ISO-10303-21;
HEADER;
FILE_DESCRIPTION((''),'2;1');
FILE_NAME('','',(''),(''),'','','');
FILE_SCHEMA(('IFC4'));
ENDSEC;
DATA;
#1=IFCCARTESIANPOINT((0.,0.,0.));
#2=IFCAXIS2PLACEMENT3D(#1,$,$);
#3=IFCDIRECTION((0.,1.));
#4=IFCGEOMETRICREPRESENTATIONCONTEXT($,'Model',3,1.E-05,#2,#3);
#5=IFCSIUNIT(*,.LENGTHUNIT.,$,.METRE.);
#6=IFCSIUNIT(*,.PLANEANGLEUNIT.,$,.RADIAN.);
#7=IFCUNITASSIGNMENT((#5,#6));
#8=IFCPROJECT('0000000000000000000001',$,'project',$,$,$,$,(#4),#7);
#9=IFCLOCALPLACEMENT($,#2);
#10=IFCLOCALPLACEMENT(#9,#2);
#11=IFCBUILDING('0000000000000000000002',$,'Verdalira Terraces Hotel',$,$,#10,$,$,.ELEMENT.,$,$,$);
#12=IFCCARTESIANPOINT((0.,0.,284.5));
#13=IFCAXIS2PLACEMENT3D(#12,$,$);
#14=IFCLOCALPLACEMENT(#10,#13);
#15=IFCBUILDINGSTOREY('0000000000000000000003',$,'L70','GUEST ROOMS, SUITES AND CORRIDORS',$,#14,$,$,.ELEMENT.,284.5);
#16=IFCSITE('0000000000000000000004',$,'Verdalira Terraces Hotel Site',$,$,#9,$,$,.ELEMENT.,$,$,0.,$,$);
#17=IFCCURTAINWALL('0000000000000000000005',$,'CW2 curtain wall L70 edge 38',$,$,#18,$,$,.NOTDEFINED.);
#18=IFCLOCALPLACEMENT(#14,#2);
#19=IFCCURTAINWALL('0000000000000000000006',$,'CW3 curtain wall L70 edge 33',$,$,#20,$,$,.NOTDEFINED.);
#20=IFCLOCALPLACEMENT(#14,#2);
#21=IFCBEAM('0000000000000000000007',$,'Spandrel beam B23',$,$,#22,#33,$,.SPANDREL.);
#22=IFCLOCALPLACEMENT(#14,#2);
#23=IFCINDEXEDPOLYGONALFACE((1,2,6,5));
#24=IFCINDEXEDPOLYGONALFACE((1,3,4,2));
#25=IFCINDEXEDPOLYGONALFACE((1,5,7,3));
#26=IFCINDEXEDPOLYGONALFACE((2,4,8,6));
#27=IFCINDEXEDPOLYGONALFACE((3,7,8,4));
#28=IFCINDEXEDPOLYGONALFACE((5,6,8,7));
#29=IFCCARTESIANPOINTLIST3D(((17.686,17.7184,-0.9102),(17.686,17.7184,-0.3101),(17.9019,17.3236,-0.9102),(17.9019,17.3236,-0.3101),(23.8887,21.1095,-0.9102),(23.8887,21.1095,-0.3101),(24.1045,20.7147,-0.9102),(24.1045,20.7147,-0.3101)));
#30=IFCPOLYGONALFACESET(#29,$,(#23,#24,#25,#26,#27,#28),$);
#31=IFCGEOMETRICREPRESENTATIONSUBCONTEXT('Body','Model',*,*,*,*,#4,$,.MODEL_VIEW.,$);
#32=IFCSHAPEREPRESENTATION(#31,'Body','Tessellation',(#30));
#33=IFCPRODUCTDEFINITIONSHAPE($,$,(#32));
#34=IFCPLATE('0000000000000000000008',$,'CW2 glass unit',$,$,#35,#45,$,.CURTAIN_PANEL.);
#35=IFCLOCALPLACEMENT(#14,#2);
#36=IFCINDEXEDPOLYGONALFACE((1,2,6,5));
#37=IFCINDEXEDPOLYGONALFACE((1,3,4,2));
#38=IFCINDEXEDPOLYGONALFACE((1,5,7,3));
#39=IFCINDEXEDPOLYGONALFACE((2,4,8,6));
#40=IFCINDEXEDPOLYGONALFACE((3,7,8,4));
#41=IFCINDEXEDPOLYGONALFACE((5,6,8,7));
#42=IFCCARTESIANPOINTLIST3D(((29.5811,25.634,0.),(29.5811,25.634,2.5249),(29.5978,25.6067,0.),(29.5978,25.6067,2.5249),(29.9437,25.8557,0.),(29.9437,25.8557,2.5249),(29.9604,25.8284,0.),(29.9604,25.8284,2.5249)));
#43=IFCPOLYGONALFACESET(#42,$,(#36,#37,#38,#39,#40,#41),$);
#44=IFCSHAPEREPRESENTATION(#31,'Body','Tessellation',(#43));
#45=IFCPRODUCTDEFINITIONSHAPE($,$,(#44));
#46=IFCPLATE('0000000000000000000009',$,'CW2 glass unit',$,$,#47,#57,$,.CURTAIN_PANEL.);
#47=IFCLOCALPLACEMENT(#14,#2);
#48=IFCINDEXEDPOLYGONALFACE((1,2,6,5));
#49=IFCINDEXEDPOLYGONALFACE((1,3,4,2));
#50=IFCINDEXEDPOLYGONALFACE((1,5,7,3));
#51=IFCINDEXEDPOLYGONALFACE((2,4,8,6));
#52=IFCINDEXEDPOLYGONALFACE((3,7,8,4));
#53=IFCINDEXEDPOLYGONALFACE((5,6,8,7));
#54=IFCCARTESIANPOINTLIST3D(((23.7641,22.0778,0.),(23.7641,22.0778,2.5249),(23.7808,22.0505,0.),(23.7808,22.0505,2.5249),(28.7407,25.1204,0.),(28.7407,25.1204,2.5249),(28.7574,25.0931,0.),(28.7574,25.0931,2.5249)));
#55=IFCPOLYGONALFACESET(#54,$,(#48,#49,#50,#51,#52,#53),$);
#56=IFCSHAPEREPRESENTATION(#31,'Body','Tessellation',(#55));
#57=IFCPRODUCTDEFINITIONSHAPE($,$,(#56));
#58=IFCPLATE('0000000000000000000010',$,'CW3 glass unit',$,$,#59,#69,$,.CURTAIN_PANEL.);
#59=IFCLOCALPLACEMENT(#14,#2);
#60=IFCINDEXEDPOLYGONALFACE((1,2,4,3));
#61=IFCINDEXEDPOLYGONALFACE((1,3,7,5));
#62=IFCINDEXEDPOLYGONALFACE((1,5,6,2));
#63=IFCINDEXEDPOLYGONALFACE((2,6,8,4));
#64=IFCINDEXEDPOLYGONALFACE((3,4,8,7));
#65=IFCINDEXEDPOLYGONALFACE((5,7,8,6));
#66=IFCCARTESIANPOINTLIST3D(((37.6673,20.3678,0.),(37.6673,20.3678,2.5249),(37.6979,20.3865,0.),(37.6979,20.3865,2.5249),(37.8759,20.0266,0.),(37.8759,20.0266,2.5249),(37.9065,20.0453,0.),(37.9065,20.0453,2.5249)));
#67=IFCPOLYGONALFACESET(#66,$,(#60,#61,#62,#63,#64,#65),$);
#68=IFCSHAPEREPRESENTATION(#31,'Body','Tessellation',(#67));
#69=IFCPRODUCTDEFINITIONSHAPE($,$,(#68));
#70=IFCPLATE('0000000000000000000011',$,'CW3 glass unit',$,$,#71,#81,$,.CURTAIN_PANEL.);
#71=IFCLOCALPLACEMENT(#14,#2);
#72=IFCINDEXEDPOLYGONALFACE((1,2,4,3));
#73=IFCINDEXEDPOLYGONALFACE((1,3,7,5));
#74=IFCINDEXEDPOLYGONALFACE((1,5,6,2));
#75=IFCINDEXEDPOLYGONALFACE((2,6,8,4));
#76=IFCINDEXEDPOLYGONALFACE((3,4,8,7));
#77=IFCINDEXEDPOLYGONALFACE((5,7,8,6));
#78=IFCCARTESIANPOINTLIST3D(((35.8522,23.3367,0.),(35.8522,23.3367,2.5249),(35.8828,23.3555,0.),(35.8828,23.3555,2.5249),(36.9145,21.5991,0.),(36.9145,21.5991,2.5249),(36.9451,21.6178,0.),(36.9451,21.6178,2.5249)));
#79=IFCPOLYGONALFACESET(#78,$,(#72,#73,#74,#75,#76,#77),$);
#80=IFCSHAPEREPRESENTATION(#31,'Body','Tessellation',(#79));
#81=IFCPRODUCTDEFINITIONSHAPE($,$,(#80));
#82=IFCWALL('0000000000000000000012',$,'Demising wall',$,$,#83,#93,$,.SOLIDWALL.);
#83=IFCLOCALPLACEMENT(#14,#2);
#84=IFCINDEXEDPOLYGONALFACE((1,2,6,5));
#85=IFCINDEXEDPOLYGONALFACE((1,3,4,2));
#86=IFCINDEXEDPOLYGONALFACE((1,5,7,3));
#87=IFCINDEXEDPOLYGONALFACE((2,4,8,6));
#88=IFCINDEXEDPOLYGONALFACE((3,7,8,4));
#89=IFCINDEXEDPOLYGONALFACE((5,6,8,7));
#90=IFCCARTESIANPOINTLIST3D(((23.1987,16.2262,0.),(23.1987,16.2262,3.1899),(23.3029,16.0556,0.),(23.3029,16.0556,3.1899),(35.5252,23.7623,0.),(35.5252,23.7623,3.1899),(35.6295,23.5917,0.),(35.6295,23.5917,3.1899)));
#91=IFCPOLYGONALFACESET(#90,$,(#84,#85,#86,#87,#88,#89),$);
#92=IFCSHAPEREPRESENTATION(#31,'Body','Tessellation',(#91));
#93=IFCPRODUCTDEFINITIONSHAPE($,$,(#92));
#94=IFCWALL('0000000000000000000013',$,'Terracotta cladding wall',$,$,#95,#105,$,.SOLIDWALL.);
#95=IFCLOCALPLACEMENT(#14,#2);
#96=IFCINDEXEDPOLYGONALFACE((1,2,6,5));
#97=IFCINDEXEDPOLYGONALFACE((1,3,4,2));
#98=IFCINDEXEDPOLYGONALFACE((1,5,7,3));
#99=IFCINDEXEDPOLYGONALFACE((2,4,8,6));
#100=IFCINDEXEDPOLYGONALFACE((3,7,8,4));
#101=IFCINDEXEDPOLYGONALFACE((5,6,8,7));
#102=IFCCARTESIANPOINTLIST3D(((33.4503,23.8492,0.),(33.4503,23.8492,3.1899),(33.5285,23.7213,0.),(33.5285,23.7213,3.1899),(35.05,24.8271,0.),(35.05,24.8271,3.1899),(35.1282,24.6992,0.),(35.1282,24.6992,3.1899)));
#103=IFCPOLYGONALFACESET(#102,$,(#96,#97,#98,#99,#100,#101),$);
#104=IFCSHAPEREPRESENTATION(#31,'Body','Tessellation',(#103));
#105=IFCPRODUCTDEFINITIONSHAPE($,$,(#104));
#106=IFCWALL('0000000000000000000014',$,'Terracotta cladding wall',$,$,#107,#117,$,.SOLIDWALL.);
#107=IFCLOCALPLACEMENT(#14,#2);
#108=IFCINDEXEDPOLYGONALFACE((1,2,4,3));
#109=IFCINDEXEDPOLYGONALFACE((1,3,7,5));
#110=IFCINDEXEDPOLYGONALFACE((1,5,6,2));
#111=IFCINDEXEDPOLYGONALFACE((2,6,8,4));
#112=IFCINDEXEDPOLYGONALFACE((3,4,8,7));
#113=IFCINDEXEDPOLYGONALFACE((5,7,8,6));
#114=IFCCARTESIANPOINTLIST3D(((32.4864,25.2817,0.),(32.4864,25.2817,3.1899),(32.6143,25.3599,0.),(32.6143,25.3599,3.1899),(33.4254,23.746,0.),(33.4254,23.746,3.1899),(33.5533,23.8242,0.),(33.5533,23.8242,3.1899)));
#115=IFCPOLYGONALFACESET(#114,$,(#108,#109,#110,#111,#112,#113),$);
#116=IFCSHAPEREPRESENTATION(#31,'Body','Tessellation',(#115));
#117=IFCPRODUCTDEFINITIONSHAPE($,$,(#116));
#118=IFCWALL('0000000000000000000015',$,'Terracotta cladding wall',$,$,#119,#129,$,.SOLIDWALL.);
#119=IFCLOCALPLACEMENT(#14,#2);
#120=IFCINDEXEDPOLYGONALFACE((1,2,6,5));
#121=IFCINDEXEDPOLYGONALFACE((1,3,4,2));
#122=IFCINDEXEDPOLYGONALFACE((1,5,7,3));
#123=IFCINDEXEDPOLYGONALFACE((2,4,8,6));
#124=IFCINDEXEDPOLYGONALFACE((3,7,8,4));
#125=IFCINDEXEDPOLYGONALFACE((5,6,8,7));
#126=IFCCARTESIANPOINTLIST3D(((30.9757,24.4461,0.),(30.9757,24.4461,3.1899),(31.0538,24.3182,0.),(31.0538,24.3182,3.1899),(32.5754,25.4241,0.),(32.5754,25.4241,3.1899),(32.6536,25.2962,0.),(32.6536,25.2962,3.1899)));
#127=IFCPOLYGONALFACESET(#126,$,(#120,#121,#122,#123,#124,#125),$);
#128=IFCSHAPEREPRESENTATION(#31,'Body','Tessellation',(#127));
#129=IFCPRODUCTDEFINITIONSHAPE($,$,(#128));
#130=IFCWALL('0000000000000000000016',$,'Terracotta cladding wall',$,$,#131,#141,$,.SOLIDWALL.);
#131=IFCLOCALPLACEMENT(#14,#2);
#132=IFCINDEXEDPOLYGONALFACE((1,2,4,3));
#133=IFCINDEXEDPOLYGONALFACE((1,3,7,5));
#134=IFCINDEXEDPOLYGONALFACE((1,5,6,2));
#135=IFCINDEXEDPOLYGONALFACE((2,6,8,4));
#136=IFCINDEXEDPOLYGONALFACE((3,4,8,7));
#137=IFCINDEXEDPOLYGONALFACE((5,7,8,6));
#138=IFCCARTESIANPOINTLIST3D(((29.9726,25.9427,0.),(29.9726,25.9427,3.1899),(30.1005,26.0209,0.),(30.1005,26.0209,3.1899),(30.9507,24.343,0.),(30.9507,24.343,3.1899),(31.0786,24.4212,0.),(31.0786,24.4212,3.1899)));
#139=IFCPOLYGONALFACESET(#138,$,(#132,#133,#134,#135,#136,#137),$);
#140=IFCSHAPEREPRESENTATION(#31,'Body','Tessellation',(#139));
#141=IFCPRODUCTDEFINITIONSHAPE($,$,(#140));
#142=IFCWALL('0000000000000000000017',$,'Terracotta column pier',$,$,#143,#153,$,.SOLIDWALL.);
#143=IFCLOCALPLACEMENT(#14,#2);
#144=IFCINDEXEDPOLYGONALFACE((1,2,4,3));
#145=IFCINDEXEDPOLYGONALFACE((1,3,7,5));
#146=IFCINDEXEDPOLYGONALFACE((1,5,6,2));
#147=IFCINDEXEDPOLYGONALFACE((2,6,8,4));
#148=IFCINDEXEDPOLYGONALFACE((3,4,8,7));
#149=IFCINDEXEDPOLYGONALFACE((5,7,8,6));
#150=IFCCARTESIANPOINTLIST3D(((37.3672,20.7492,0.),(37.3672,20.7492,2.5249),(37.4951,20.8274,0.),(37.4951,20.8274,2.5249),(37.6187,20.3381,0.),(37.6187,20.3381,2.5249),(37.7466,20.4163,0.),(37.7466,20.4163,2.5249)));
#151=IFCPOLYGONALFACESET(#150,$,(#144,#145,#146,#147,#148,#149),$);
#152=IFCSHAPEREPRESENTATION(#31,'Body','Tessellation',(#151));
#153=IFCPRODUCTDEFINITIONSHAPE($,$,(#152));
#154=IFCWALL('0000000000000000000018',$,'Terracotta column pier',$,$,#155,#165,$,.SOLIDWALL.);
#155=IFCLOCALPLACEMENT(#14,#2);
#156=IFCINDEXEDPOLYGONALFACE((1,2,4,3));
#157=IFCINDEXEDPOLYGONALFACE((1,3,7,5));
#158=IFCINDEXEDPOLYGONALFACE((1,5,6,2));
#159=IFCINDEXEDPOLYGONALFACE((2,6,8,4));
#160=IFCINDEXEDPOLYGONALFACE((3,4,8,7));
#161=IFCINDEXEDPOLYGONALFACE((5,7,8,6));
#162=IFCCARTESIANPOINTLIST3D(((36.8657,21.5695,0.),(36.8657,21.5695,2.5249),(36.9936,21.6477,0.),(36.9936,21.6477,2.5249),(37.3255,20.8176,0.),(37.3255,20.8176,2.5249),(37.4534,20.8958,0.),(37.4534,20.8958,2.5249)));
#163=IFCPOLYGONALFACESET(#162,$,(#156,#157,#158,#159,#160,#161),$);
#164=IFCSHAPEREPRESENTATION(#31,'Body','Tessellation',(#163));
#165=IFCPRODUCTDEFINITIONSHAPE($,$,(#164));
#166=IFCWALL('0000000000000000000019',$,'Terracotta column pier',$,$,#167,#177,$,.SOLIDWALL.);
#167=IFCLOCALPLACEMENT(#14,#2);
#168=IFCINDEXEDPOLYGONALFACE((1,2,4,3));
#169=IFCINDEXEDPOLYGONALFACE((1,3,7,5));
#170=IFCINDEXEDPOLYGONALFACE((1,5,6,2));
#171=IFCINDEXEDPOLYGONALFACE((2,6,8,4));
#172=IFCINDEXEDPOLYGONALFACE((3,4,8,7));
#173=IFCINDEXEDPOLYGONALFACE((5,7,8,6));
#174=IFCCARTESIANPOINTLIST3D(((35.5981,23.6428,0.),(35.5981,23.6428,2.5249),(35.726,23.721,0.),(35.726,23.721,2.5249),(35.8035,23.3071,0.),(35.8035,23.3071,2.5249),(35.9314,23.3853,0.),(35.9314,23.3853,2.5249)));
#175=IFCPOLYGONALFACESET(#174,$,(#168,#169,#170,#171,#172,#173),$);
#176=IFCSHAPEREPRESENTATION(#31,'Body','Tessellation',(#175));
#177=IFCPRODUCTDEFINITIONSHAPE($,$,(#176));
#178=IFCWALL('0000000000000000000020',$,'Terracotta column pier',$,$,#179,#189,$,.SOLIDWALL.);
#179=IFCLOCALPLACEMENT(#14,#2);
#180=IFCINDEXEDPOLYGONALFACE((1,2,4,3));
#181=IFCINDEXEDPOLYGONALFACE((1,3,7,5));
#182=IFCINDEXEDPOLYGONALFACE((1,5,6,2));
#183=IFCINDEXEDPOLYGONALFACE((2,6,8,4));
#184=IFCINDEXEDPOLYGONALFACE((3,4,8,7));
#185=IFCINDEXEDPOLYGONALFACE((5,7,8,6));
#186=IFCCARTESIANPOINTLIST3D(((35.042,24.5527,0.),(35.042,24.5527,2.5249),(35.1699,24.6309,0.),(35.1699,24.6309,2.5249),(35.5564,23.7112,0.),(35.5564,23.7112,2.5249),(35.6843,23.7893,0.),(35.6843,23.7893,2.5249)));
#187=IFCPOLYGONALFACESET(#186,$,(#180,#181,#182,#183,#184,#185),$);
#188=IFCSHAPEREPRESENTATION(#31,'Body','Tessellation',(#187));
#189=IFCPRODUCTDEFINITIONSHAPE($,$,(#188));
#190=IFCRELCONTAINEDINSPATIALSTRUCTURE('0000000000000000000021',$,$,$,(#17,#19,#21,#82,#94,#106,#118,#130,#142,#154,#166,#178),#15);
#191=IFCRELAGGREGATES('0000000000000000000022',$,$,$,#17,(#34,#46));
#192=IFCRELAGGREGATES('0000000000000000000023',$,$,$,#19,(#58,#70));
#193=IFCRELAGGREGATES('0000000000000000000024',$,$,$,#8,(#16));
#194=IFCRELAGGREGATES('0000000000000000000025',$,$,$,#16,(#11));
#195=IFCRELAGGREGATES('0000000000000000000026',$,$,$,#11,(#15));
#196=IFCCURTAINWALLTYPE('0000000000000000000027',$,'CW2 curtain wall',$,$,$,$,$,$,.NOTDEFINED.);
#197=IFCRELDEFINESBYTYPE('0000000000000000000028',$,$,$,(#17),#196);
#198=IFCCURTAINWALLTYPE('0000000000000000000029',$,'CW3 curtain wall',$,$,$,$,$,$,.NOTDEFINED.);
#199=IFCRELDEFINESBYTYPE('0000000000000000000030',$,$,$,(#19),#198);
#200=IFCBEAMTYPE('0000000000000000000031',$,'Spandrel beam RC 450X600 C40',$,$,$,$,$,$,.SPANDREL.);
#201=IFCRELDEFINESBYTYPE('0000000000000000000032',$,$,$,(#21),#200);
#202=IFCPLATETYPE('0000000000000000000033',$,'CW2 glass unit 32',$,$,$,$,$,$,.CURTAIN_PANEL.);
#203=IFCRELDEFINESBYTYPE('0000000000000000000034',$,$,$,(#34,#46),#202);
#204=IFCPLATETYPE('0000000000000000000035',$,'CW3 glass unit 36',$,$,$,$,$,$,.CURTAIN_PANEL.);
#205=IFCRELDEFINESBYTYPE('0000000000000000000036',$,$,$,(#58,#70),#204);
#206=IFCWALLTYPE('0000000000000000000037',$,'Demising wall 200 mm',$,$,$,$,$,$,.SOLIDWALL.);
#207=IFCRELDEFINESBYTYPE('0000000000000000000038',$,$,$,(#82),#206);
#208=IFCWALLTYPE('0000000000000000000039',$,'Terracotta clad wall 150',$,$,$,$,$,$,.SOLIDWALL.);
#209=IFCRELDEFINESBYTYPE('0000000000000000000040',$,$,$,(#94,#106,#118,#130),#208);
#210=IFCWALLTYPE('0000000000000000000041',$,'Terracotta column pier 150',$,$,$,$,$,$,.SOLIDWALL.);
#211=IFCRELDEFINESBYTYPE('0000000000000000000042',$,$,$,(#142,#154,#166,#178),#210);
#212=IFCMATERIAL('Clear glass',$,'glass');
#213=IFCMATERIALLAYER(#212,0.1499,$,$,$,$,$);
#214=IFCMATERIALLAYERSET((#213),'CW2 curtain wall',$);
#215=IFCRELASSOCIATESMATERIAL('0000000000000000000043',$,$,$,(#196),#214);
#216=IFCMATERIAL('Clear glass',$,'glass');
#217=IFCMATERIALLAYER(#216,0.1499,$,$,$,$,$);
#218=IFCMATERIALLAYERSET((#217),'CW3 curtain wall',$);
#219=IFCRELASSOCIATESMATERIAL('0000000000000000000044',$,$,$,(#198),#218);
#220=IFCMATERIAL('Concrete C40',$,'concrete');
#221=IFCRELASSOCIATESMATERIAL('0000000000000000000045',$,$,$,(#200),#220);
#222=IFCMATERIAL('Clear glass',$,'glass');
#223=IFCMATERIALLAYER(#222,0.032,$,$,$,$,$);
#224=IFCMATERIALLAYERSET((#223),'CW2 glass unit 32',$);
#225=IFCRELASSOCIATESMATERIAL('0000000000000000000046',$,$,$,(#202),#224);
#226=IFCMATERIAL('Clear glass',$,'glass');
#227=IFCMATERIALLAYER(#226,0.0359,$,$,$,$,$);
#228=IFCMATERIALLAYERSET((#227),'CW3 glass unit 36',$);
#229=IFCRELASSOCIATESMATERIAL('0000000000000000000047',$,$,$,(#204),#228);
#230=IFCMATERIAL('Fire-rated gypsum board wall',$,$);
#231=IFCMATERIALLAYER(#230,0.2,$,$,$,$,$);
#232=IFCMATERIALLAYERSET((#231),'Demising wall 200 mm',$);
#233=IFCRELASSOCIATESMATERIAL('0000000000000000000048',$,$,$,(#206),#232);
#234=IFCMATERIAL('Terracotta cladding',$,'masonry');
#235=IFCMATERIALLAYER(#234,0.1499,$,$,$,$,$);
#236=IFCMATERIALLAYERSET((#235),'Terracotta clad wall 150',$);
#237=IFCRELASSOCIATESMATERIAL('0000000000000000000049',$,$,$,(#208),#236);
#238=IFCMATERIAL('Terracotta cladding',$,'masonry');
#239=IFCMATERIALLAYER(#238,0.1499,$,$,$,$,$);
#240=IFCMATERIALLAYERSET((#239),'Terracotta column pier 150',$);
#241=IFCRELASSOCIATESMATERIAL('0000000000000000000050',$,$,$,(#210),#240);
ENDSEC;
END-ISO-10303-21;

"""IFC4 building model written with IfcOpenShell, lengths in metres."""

from ifc_helpers import new_model, si_unit, direction, frame, frame_2d, origin, origin_2d, place, context, subcontext, project, spatial, rectangle, extrude, material, layer, layer_set, material_profile, profile_set, type_object, element, aggregate, save


model = new_model("IFC4")

# Units and contexts
model_context = context("Model", 3, precision=1e-05, world=origin(), true_north=direction((0.0, 1.0)))
body_context = subcontext(model_context, "Body", "Model", "MODEL_VIEW")
ifc_project = project(units=[si_unit("LENGTHUNIT", "METRE"), si_unit("PLANEANGLEUNIT", "RADIAN")], contexts=[model_context])

# Site, building, storey
site_placement = place(None, origin())
site = spatial("IfcSite", under=ifc_project, at=site_placement, Name="Verdalira Terraces Hotel Site", CompositionType="ELEMENT", RefElevation=0.0)
building_placement = place(site_placement, origin())
building = spatial("IfcBuilding", under=site, at=building_placement, Name="Verdalira Terraces Hotel", CompositionType="ELEMENT")
storey_placement = place(building_placement, frame((0.0, 0.0, 284.5)))
storey = spatial("IfcBuildingStorey", under=building, at=storey_placement, Name="L70", Description="GUEST ROOMS, SUITES AND CORRIDORS", CompositionType="ELEMENT", Elevation=284.5)

# Curtain walls
ifc_material_1 = material(Name="Clear glass", Category="glass")
ifc_layer_1 = layer(ifc_material_1, 0.1499)
ifc_layer_set_1 = layer_set([ifc_layer_1], Name="CW2 curtain wall")
curtain_wall_type_1 = type_object("IfcCurtainWallType", Name="CW2 curtain wall", PredefinedType="NOTDEFINED", material=ifc_layer_set_1)
curtain_wall_1_placement = place(storey_placement, origin())
curtain_wall_1 = element("IfcCurtainWall", 1, at=curtain_wall_1_placement, inside=storey, type_object=curtain_wall_type_1, Name="CW2 curtain wall L70 edge 38", PredefinedType="NOTDEFINED")
ifc_material_2 = material(Name="Clear glass", Category="glass")
ifc_layer_2 = layer(ifc_material_2, 0.1499)
ifc_layer_set_2 = layer_set([ifc_layer_2], Name="CW3 curtain wall")
curtain_wall_type_2 = type_object("IfcCurtainWallType", Name="CW3 curtain wall", PredefinedType="NOTDEFINED", material=ifc_layer_set_2)
curtain_wall_2_placement = place(storey_placement, origin())
curtain_wall_2 = element("IfcCurtainWall", 2, at=curtain_wall_2_placement, inside=storey, type_object=curtain_wall_type_2, Name="CW3 curtain wall L70 edge 33", PredefinedType="NOTDEFINED")

# Beam
ifc_material_3 = material(Name="Concrete C40", Category="concrete")
ifc_material_profile_1 = material_profile(ifc_material_3, rectangle(XDim=0.45, YDim=0.6001, at=origin_2d()), Name="RC 450X600")
ifc_profile_set_1 = profile_set([ifc_material_profile_1], Name="Concrete C40")
beam_type = type_object("IfcBeamType", Name="Spandrel beam RC 450X600 C40", PredefinedType="SPANDREL", material=ifc_profile_set_1)
beam_1_placement = place(storey_placement, frame((23.9966, 20.9121, -0.6101), z_axis=(-0.877428, -0.479708, 0.0), x_axis=(0.479708, -0.877428, 0.0)))
element("IfcBeam", 3, at=beam_1_placement, inside=storey, type_object=beam_type, Name="Spandrel beam B23", PredefinedType="SPANDREL", context=body_context, shape_type="SweptSolid", body=[
    extrude(rectangle(XDim=0.45, YDim=0.6001, at=origin_2d()), origin(), (0.0, 0.0, 1.0), 7.0691),
])

# Plates
ifc_material_4 = material(Name="Clear glass", Category="glass")
ifc_layer_3 = layer(ifc_material_4, 0.032)
ifc_layer_set_3 = layer_set([ifc_layer_3], Name="CW2 glass unit 32")
plate_type_1 = type_object("IfcPlateType", Name="CW2 glass unit 32", PredefinedType="CURTAIN_PANEL", material=ifc_layer_set_3)
plate_1_placement = place(storey_placement, frame((29.7708, 25.7312, 0.0), z_axis=(0.0, 0.0, 1.0), x_axis=(-0.853187, -0.521605, 0.0)))
plate_1 = element("IfcPlate", 4, at=plate_1_placement, type_object=plate_type_1, Name="CW2 glass unit", PredefinedType="CURTAIN_PANEL", context=body_context, shape_type="SweptSolid", body=[
    extrude(rectangle(XDim=0.425, YDim=0.032, at=origin_2d()), origin(), (0.0, 0.0, 1.0), 2.5249),
])
plate_2_placement = place(storey_placement, frame((26.2607, 23.5854, 0.0), z_axis=(0.0, 0.0, 1.0), x_axis=(-0.853187, -0.521605, 0.0)))
plate_2 = element("IfcPlate", 5, at=plate_2_placement, type_object=plate_type_1, Name="CW2 glass unit", PredefinedType="CURTAIN_PANEL", context=body_context, shape_type="SweptSolid", body=[
    extrude(rectangle(XDim=5.833, YDim=0.032, at=origin_2d()), origin(), (0.0, 0.0, 1.0), 2.5249),
])
aggregate(curtain_wall_1, [plate_1, plate_2])
ifc_material_5 = material(Name="Clear glass", Category="glass")
ifc_layer_4 = layer(ifc_material_5, 0.0359)
ifc_layer_set_4 = layer_set([ifc_layer_4], Name="CW3 glass unit 36")
plate_type_2 = type_object("IfcPlateType", Name="CW3 glass unit 36", PredefinedType="CURTAIN_PANEL", material=ifc_layer_set_4)
plate_3_placement = place(storey_placement, frame((37.7869, 20.2065, 0.0), z_axis=(0.0, 0.0, 1.0), x_axis=(-0.521605, 0.853187, 0.0)))
plate_3 = element("IfcPlate", 6, at=plate_3_placement, type_object=plate_type_2, Name="CW3 glass unit", PredefinedType="CURTAIN_PANEL", context=body_context, shape_type="SweptSolid", body=[
    extrude(rectangle(XDim=0.3999, YDim=0.0359, at=origin_2d()), origin(), (0.0, 0.0, 1.0), 2.5249),
])
plate_4_placement = place(storey_placement, frame((36.3987, 22.4773, 0.0), z_axis=(0.0, 0.0, 1.0), x_axis=(-0.521605, 0.853187, 0.0)))
plate_4 = element("IfcPlate", 7, at=plate_4_placement, type_object=plate_type_2, Name="CW3 glass unit", PredefinedType="CURTAIN_PANEL", context=body_context, shape_type="SweptSolid", body=[
    extrude(rectangle(XDim=2.0366, YDim=0.0359, at=origin_2d()), origin(), (0.0, 0.0, 1.0), 2.5249),
])
aggregate(curtain_wall_2, [plate_3, plate_4])

# Walls
ifc_material_6 = material(Name="Fire-rated gypsum board wall")
ifc_layer_5 = layer(ifc_material_6, 0.2)
ifc_layer_set_5 = layer_set([ifc_layer_5], Name="Demising wall 200 mm")
wall_type_1 = type_object("IfcWallType", Name="Demising wall 200 mm", PredefinedType="SOLIDWALL", material=ifc_layer_set_5)
wall_1_placement = place(storey_placement, frame((35.5774, 23.677, 0.0), z_axis=(0.0, 0.0, 1.0), x_axis=(-0.853184, -0.52161, 0.0)))
element("IfcWall", 8, at=wall_1_placement, inside=storey, type_object=wall_type_1, Name="Demising wall", PredefinedType="SOLIDWALL", context=body_context, shape_type="SweptSolid", body=[
    extrude(rectangle(XDim=14.4478, YDim=0.2, at=frame_2d((7.2239, 0.0))), origin(), (0.0, 0.0, 1.0), 3.1899),
])
ifc_material_7 = material(Name="Terracotta cladding", Category="masonry")
ifc_layer_6 = layer(ifc_material_7, 0.1499)
ifc_layer_set_6 = layer_set([ifc_layer_6], Name="Terracotta clad wall 150")
wall_type_2 = type_object("IfcWallType", Name="Terracotta clad wall 150", PredefinedType="SOLIDWALL", material=ifc_layer_set_6)
wall_2_placement = place(storey_placement, frame((35.0891, 24.7632, 0.0), z_axis=(0.0, 0.0, 1.0), x_axis=(-0.853201, -0.521582, 0.0)))
element("IfcWall", 9, at=wall_2_placement, inside=storey, type_object=wall_type_2, Name="Terracotta cladding wall", PredefinedType="SOLIDWALL", context=body_context, shape_type="SweptSolid", body=[
    extrude(rectangle(XDim=1.875, YDim=0.1499, at=frame_2d((0.9375, 0.0))), origin(), (0.0, 0.0, 1.0), 3.1899),
])
wall_3_placement = place(storey_placement, frame((33.4893, 23.7852, 0.0), z_axis=(0.0, 0.0, 1.0), x_axis=(-0.521658, 0.853154, 0.0)))
element("IfcWall", 10, at=wall_3_placement, inside=storey, type_object=wall_type_2, Name="Terracotta cladding wall", PredefinedType="SOLIDWALL", context=body_context, shape_type="SweptSolid", body=[
    extrude(rectangle(XDim=1.8, YDim=0.1499, at=frame_2d((0.8999, 0.0))), origin(), (0.0, 0.0, 1.0), 3.1899),
])
for number, where, z_axis, x_axis, name in (
    (11, (32.6145, 25.3601, 0.0), (0.0, 0.0, 1.0), (-0.853201, -0.521582, 0.0), "Terracotta cladding wall"),
    (12, (31.0146, 24.3821, 0.0), (0.0, 0.0, 1.0), (-0.52164, 0.853166, 0.0), "Terracotta cladding wall"),
):
    element("IfcWall", number, at=place(storey_placement, frame(where, z_axis=z_axis, x_axis=x_axis)), inside=storey, type_object=wall_type_2, Name=name, PredefinedType="SOLIDWALL", context=body_context, shape_type="SweptSolid", body=[
        extrude(rectangle(XDim=1.875, YDim=0.1499, at=frame_2d((0.9375, 0.0))), origin(), (0.0, 0.0, 1.0), 3.1899),
    ])
ifc_material_8 = material(Name="Terracotta cladding", Category="masonry")
ifc_layer_7 = layer(ifc_material_8, 0.1499)
ifc_layer_set_7 = layer_set([ifc_layer_7], Name="Terracotta column pier 150")
wall_type_3 = type_object("IfcWallType", Name="Terracotta column pier 150", PredefinedType="SOLIDWALL", material=ifc_layer_set_7)
wall_4_placement = place(storey_placement, frame((37.6826, 20.3772, 0.0), z_axis=(0.0, 0.0, 1.0), x_axis=(-0.521778, 0.853081, 0.0)))
element("IfcWall", 13, at=wall_4_placement, inside=storey, type_object=wall_type_3, Name="Terracotta column pier", PredefinedType="SOLIDWALL", context=body_context, shape_type="SweptSolid", body=[
    extrude(rectangle(XDim=0.4819, YDim=0.1499, at=frame_2d((0.241, 0.0))), origin(), (0.0, 0.0, 1.0), 2.5249),
])
wall_5_placement = place(storey_placement, frame((37.3894, 20.8567, 0.0), z_axis=(0.0, 0.0, 1.0), x_axis=(-0.521607, 0.853186, 0.0)))
element("IfcWall", 14, at=wall_5_placement, inside=storey, type_object=wall_type_3, Name="Terracotta column pier", PredefinedType="SOLIDWALL", context=body_context, shape_type="SweptSolid", body=[
    extrude(rectangle(XDim=0.8813, YDim=0.1499, at=frame_2d((0.4407, 0.0))), origin(), (0.0, 0.0, 1.0), 2.5249),
])
wall_6_placement = place(storey_placement, frame((35.8674, 23.3462, 0.0), z_axis=(0.0, 0.0, 1.0), x_axis=(-0.521776, 0.853082, 0.0)))
element("IfcWall", 15, at=wall_6_placement, inside=storey, type_object=wall_type_3, Name="Terracotta column pier", PredefinedType="SOLIDWALL", context=body_context, shape_type="SweptSolid", body=[
    extrude(rectangle(XDim=0.3936, YDim=0.1499, at=frame_2d((0.1968, 0.0))), origin(), (0.0, 0.0, 1.0), 2.5249),
])
wall_7_placement = place(storey_placement, frame((35.6204, 23.7502, 0.0), z_axis=(0.0, 0.0, 1.0), x_axis=(-0.52154, 0.853227, 0.0)))
element("IfcWall", 16, at=wall_7_placement, inside=storey, type_object=wall_type_3, Name="Terracotta column pier", PredefinedType="SOLIDWALL", context=body_context, shape_type="SweptSolid", body=[
    extrude(rectangle(XDim=0.9863, YDim=0.1499, at=frame_2d((0.4932, 0.0))), origin(), (0.0, 0.0, 1.0), 2.5249),
])

save(model, "model.ifc")
